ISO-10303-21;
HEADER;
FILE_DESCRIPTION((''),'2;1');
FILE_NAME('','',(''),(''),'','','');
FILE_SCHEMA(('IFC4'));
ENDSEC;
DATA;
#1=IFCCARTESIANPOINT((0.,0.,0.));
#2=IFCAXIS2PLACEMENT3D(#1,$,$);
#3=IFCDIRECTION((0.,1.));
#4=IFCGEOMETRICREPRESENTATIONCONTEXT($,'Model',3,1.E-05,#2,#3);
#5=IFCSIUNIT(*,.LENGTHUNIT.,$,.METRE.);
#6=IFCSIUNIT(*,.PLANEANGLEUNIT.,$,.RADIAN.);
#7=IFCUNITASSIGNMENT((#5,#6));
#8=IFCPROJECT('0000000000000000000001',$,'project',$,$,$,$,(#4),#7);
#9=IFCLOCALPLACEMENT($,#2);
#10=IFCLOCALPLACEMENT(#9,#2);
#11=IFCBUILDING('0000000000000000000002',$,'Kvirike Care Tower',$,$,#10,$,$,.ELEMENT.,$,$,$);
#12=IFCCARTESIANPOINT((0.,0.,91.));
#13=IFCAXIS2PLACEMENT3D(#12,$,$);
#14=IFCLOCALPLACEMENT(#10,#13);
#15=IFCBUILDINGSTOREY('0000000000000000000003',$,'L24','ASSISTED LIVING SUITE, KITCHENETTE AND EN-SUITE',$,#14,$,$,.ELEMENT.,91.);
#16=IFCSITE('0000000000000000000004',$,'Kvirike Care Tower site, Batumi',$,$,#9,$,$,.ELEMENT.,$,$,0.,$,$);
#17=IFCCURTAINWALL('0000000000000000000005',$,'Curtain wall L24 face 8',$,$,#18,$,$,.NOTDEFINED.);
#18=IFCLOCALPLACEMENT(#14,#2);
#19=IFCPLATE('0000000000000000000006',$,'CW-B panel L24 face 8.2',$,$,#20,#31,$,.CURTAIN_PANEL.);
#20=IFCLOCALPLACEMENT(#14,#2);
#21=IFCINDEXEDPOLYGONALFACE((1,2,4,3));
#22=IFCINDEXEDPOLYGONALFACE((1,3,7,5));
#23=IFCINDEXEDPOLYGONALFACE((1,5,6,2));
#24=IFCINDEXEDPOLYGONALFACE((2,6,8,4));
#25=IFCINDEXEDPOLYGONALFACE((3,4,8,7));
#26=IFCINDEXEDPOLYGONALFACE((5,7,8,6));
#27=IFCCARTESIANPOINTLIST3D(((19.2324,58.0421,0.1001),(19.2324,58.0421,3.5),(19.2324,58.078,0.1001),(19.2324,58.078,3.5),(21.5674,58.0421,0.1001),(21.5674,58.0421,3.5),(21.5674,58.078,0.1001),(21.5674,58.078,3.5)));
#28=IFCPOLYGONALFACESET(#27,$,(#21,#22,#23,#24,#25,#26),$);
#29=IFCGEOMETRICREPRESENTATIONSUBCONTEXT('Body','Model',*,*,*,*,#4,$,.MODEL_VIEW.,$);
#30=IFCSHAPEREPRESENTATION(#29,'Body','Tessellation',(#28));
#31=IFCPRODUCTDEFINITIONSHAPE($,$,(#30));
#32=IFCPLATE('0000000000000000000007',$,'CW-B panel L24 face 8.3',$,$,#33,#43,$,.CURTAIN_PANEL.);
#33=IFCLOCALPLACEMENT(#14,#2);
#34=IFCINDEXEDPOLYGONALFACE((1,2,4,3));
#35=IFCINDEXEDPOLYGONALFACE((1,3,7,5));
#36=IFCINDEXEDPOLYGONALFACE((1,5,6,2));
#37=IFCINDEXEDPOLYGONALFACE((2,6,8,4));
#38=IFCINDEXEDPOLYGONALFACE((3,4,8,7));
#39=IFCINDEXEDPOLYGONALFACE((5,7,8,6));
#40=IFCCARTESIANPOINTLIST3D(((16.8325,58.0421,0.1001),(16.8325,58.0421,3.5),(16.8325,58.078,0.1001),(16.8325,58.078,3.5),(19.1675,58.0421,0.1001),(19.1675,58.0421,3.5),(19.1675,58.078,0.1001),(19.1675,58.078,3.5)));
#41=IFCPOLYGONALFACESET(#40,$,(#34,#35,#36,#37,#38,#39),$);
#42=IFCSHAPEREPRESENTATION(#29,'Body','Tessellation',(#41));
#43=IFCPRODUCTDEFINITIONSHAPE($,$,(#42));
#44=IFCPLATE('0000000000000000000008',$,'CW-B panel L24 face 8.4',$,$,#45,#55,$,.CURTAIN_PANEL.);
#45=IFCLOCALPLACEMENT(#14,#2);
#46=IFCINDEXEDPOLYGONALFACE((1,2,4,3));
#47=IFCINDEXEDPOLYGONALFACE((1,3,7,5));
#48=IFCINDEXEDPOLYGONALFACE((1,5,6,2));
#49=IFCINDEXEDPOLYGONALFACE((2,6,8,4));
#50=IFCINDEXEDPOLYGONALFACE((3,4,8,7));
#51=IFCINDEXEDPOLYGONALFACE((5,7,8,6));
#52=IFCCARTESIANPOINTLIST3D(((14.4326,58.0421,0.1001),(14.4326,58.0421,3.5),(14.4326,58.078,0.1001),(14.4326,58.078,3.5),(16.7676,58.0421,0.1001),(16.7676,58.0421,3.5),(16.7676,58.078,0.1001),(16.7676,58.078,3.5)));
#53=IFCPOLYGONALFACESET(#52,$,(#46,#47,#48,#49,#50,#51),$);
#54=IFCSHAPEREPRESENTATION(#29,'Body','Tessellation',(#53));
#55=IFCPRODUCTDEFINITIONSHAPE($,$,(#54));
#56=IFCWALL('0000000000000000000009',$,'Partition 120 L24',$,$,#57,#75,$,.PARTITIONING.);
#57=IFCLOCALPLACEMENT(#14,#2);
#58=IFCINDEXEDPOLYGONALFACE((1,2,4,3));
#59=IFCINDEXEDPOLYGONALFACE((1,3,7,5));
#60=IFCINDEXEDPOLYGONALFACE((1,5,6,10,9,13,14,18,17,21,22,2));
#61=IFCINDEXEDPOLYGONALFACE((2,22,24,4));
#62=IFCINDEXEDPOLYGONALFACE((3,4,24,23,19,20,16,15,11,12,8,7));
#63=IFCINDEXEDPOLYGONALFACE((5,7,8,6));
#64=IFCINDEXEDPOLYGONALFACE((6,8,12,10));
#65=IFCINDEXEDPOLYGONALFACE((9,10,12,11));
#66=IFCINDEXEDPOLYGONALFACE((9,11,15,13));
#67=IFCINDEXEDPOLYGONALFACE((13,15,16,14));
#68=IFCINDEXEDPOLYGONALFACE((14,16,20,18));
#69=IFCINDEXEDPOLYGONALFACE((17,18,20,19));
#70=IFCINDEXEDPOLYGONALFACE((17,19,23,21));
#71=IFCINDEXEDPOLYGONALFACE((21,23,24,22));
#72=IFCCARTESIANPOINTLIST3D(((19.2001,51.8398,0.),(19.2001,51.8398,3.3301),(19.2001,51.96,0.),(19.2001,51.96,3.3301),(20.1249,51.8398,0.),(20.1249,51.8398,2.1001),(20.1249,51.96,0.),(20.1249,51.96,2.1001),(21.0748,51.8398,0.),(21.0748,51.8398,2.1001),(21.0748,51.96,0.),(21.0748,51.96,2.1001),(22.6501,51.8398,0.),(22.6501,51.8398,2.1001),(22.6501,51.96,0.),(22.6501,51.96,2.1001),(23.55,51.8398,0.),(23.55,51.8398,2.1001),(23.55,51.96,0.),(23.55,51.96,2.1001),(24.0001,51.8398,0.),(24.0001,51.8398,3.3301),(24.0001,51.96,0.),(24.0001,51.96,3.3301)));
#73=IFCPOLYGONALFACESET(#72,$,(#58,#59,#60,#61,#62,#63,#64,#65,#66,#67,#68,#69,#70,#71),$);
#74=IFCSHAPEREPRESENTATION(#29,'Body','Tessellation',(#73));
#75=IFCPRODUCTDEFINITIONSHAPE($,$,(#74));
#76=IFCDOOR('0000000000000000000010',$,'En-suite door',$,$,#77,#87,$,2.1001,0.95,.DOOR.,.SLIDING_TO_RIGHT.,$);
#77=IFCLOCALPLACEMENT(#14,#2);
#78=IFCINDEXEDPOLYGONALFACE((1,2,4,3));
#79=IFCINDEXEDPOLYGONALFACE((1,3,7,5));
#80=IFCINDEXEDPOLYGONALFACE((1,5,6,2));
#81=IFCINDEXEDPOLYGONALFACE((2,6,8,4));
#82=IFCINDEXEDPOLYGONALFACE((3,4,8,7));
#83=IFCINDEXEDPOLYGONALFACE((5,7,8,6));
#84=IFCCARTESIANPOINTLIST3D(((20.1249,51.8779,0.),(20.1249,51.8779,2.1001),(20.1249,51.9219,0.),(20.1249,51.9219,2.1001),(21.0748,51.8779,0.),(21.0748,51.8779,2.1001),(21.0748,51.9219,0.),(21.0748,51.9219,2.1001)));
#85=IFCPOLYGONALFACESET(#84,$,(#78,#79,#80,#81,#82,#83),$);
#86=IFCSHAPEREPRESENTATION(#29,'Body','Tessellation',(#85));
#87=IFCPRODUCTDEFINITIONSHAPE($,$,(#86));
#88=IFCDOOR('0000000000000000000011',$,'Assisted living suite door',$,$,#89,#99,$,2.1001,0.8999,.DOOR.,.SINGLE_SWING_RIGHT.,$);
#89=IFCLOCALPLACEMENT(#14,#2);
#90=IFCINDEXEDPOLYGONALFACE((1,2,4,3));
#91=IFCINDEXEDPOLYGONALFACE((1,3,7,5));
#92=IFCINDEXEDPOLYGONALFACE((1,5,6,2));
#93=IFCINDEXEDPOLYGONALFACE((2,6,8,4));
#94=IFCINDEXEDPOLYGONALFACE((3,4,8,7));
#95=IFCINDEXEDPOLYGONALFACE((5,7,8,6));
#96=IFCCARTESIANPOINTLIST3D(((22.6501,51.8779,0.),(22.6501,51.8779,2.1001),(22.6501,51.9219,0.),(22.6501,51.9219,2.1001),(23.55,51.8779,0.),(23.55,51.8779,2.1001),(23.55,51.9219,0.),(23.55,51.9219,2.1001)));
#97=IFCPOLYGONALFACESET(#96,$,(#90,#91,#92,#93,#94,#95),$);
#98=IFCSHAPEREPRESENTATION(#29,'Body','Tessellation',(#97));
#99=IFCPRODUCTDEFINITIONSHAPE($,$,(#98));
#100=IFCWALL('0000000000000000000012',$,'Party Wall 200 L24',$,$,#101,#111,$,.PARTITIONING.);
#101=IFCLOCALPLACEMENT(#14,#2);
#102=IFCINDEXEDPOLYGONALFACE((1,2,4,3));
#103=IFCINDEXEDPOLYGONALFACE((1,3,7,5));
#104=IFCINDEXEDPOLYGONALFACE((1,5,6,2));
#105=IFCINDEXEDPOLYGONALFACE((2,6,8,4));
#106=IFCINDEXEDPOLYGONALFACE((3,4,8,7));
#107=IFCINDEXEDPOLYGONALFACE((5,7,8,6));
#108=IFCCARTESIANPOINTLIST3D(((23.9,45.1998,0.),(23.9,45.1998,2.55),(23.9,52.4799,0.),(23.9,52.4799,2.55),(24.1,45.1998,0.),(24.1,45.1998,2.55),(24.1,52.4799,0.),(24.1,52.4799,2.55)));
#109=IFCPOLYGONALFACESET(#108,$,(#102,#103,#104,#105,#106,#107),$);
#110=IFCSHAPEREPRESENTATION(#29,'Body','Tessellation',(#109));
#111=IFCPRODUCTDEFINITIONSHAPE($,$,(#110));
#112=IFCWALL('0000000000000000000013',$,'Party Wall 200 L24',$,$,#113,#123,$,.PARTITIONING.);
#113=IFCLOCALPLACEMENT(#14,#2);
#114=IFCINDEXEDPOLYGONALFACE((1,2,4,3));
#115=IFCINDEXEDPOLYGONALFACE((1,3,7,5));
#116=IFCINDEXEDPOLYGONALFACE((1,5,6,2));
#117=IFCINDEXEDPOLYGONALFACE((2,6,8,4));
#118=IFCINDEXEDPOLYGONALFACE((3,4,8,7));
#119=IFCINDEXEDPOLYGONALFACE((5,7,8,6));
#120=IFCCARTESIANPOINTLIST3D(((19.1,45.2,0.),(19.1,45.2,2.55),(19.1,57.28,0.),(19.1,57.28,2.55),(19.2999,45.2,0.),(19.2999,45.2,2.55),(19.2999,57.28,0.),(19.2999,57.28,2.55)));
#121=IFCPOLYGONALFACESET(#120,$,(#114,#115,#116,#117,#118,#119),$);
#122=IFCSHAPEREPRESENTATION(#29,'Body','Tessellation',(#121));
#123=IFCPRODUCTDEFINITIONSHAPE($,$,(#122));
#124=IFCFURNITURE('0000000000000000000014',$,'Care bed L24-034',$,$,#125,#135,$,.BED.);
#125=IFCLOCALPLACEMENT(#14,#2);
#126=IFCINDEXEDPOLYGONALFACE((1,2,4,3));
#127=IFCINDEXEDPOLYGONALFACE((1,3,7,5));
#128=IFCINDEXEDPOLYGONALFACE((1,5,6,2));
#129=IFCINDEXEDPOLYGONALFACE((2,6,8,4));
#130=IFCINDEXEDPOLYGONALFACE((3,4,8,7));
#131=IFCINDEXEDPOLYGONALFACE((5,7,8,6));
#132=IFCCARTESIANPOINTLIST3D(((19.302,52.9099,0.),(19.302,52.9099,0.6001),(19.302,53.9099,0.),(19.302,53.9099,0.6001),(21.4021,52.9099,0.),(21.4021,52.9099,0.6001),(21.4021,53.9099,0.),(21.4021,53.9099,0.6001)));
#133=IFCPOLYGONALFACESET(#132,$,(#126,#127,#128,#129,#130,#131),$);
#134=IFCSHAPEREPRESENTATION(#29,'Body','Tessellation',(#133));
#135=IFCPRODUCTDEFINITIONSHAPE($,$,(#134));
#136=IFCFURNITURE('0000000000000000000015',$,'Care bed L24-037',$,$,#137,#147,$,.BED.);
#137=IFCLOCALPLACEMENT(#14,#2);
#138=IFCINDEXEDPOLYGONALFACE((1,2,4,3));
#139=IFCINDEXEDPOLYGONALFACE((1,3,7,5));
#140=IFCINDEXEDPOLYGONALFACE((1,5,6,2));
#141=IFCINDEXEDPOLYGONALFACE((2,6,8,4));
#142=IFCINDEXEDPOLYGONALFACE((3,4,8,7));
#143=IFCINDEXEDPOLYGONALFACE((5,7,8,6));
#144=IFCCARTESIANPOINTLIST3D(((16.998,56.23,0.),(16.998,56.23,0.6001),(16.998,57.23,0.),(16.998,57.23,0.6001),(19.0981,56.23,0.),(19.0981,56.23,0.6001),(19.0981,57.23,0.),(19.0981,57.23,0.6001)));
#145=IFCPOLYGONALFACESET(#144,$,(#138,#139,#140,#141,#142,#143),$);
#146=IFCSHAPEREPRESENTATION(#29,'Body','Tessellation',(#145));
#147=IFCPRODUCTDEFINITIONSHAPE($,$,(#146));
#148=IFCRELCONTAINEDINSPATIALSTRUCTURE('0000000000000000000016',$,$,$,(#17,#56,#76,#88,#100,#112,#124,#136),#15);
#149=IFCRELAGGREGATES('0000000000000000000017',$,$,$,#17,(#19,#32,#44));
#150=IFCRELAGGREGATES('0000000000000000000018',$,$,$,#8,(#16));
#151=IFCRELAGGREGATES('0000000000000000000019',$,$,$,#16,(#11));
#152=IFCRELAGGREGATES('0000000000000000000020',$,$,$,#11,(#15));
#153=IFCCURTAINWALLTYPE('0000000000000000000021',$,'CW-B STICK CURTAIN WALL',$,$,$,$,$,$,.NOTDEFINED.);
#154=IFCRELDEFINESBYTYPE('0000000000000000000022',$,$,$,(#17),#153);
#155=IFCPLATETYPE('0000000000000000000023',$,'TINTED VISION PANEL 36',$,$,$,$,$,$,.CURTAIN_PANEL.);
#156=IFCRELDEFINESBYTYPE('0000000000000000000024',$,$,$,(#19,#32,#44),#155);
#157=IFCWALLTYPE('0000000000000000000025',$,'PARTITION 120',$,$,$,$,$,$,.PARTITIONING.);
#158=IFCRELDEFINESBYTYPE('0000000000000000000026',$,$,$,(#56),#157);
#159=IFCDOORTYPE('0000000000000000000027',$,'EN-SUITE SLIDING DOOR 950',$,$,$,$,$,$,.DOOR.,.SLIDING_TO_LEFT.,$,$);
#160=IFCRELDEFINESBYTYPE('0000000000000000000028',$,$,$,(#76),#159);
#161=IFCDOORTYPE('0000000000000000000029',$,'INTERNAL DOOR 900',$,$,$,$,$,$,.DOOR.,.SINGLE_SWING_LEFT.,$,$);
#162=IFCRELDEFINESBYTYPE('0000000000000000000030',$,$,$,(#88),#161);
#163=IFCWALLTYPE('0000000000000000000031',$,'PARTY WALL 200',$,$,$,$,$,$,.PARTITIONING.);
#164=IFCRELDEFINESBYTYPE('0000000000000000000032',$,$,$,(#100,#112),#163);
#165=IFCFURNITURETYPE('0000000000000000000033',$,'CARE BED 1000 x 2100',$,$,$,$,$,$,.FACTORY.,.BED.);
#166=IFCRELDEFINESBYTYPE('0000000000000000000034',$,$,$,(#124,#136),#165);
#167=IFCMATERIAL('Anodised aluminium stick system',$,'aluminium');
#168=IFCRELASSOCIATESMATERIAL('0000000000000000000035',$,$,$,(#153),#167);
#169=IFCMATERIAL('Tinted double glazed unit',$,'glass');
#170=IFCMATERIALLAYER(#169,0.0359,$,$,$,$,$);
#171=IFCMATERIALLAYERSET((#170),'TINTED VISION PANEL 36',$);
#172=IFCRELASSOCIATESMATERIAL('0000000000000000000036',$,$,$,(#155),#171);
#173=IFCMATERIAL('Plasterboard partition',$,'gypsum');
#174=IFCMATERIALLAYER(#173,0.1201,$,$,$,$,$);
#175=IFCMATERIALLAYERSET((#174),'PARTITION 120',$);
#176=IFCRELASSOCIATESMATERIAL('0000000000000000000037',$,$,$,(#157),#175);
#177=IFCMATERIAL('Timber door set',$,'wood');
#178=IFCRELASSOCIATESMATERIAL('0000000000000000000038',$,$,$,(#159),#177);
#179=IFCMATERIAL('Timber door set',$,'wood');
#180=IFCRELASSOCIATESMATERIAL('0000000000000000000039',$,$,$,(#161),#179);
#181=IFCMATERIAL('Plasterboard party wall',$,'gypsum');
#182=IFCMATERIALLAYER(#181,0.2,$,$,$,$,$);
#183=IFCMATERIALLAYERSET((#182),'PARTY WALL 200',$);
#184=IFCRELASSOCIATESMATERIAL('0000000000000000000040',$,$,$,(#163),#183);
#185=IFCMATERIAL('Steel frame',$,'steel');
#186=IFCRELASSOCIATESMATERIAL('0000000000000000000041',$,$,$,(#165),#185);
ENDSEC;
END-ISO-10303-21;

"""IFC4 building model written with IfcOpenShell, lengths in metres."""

from ifc_helpers import new_model, si_unit, direction, frame, frame_2d, origin, origin_2d, place, context, subcontext, project, spatial, rectangle, extrude, material, layer, layer_set, type_object, element, fill, aggregate, save


model = new_model("IFC4")

# Units and contexts
model_context = context("Model", 3, precision=1e-05, world=origin(), true_north=direction((0.0, 1.0)))
body_context = subcontext(model_context, "Body", "Model", "MODEL_VIEW")
ifc_project = project(units=[si_unit("LENGTHUNIT", "METRE"), si_unit("PLANEANGLEUNIT", "RADIAN")], contexts=[model_context])

# Site, building, storey
site_placement = place(None, origin())
site = spatial("IfcSite", under=ifc_project, at=site_placement, Name="Kvirike Care Tower site, Batumi", CompositionType="ELEMENT", RefElevation=0.0)
building_placement = place(site_placement, origin())
building = spatial("IfcBuilding", under=site, at=building_placement, Name="Kvirike Care Tower", CompositionType="ELEMENT")
storey_placement = place(building_placement, frame((0.0, 0.0, 91.0)))
storey = spatial("IfcBuildingStorey", under=building, at=storey_placement, Name="L24", Description="ASSISTED LIVING SUITE, KITCHENETTE AND EN-SUITE", CompositionType="ELEMENT", Elevation=91.0)

# Curtain wall
ifc_material_1 = material(Name="Anodised aluminium stick system", Category="aluminium")
curtain_wall_type = type_object("IfcCurtainWallType", Name="CW-B STICK CURTAIN WALL", PredefinedType="NOTDEFINED", material=ifc_material_1)
curtain_wall_placement = place(storey_placement, origin())
curtain_wall = element("IfcCurtainWall", 1, at=curtain_wall_placement, inside=storey, type_object=curtain_wall_type, Name="Curtain wall L24 face 8", PredefinedType="NOTDEFINED")

# Plates
ifc_material_2 = material(Name="Tinted double glazed unit", Category="glass")
ifc_layer_1 = layer(ifc_material_2, 0.0359)
ifc_layer_set_1 = layer_set([ifc_layer_1], Name="TINTED VISION PANEL 36")
plate_type = type_object("IfcPlateType", Name="TINTED VISION PANEL 36", PredefinedType="CURTAIN_PANEL", material=ifc_layer_set_1)
plate_1_placement = place(storey_placement, frame((20.3999, 58.0601, 0.1001), z_axis=(0.0, 0.0, 1.0), x_axis=(-1.0, 0.0, 0.0)))
plate_1 = element("IfcPlate", 2, at=plate_1_placement, type_object=plate_type, Name="CW-B panel L24 face 8.2", PredefinedType="CURTAIN_PANEL", context=body_context, shape_type="SweptSolid", body=[
    extrude(rectangle(XDim=2.335, YDim=0.0359, at=origin_2d()), origin(), (0.0, 0.0, 1.0), 3.3999),
])
plate_2_placement = place(storey_placement, frame((18.0, 58.0601, 0.1001), z_axis=(0.0, 0.0, 1.0), x_axis=(-1.0, 0.0, 0.0)))
plate_2 = element("IfcPlate", 3, at=plate_2_placement, type_object=plate_type, Name="CW-B panel L24 face 8.3", PredefinedType="CURTAIN_PANEL", context=body_context, shape_type="SweptSolid", body=[
    extrude(rectangle(XDim=2.335, YDim=0.0359, at=origin_2d()), origin(), (0.0, 0.0, 1.0), 3.3999),
])
plate_3_placement = place(storey_placement, frame((15.6001, 58.0601, 0.1001), z_axis=(0.0, 0.0, 1.0), x_axis=(-1.0, 0.0, 0.0)))
plate_3 = element("IfcPlate", 4, at=plate_3_placement, type_object=plate_type, Name="CW-B panel L24 face 8.4", PredefinedType="CURTAIN_PANEL", context=body_context, shape_type="SweptSolid", body=[
    extrude(rectangle(XDim=2.335, YDim=0.0359, at=origin_2d()), origin(), (0.0, 0.0, 1.0), 3.3999),
])
aggregate(curtain_wall, [plate_1, plate_2, plate_3])

# Wall, openings, doors
ifc_material_3 = material(Name="Plasterboard partition", Category="gypsum")
ifc_layer_2 = layer(ifc_material_3, 0.1201)
ifc_layer_set_2 = layer_set([ifc_layer_2], Name="PARTITION 120")
wall_type_1 = type_object("IfcWallType", Name="PARTITION 120", PredefinedType="PARTITIONING", material=ifc_layer_set_2)
wall_1_placement = place(storey_placement, frame((24.0, 51.8999, 0.0), z_axis=(0.0, 0.0, 1.0), x_axis=(-1.0, 0.0, 0.0)))
wall_1 = element("IfcWall", 5, at=wall_1_placement, inside=storey, type_object=wall_type_1, Name="Partition 120 L24", PredefinedType="PARTITIONING", context=body_context, shape_type="SweptSolid", body=[
    extrude(rectangle(XDim=4.8, YDim=0.1201, at=frame_2d((2.3999, 0.0))), origin(), (0.0, 0.0, 1.0), 3.3301),
])
opening_1_placement = place(wall_1_placement, frame((0.45, 0.0, 0.0)))
opening_1 = element("IfcOpeningElement", 6, at=opening_1_placement, cuts=wall_1, PredefinedType="OPENING", context=body_context, shape_type="SweptSolid", body=[
    extrude(rectangle(XDim=0.8999, YDim=2.1001, at=frame_2d((0.45, 1.05))), frame((0.0, 0.0706, 0.0), z_axis=(0.0, -1.0, 0.0), x_axis=(1.0, 0.0, 0.0)), (0.0, 0.0, 1.0), 0.1411),
])
opening_2_placement = place(wall_1_placement, frame((2.925, 0.0, 0.0)))
opening_2 = element("IfcOpeningElement", 7, at=opening_2_placement, cuts=wall_1, PredefinedType="OPENING", context=body_context, shape_type="SweptSolid", body=[
    extrude(rectangle(XDim=0.95, YDim=2.1001, at=frame_2d((0.4751, 1.05))), frame((0.0, 0.0706, 0.0), z_axis=(0.0, -1.0, 0.0), x_axis=(1.0, 0.0, 0.0)), (0.0, 0.0, 1.0), 0.1411),
])
ifc_material_4 = material(Name="Timber door set", Category="wood")
door_type_1 = type_object("IfcDoorType", Name="EN-SUITE SLIDING DOOR 950", OperationType="SLIDING_TO_LEFT", PredefinedType="DOOR", material=ifc_material_4)
door_1_placement = place(opening_2_placement, origin())
door_1 = element("IfcDoor", 8, at=door_1_placement, inside=storey, type_object=door_type_1, Name="En-suite door", OperationType="SLIDING_TO_RIGHT", OverallHeight=2.1001, OverallWidth=0.95, PredefinedType="DOOR", context=body_context, shape_type="SweptSolid", body=[
    extrude(rectangle(XDim=0.95, YDim=2.1001, at=frame_2d((0.4751, 1.05))), frame((0.0, 0.022, 0.0), z_axis=(0.0, -1.0, 0.0), x_axis=(1.0, 0.0, 0.0)), (0.0, 0.0, 1.0), 0.0439),
])
fill(opening_2, door_1)
ifc_material_5 = material(Name="Timber door set", Category="wood")
door_type_2 = type_object("IfcDoorType", Name="INTERNAL DOOR 900", OperationType="SINGLE_SWING_LEFT", PredefinedType="DOOR", material=ifc_material_5)
door_2_placement = place(opening_1_placement, origin())
door_2 = element("IfcDoor", 9, at=door_2_placement, inside=storey, type_object=door_type_2, Name="Assisted living suite door", OperationType="SINGLE_SWING_RIGHT", OverallHeight=2.1001, OverallWidth=0.8999, PredefinedType="DOOR", context=body_context, shape_type="SweptSolid", body=[
    extrude(rectangle(XDim=0.8999, YDim=2.1001, at=frame_2d((0.45, 1.05))), frame((0.0, 0.022, 0.0), z_axis=(0.0, -1.0, 0.0), x_axis=(1.0, 0.0, 0.0)), (0.0, 0.0, 1.0), 0.0439),
])
fill(opening_1, door_2)

# Walls
ifc_material_6 = material(Name="Plasterboard party wall", Category="gypsum")
ifc_layer_3 = layer(ifc_material_6, 0.2)
ifc_layer_set_3 = layer_set([ifc_layer_3], Name="PARTY WALL 200")
wall_type_2 = type_object("IfcWallType", Name="PARTY WALL 200", PredefinedType="PARTITIONING", material=ifc_layer_set_3)
wall_2_placement = place(storey_placement, frame((24.0, 52.48, 0.0), z_axis=(0.0, 0.0, 1.0), x_axis=(0.0, -1.0, 0.0)))
element("IfcWall", 10, at=wall_2_placement, inside=storey, type_object=wall_type_2, Name="Party Wall 200 L24", PredefinedType="PARTITIONING", context=body_context, shape_type="SweptSolid", body=[
    extrude(rectangle(XDim=7.28, YDim=0.2, at=frame_2d((3.6401, 0.0))), origin(), (0.0, 0.0, 1.0), 2.55),
])
wall_3_placement = place(storey_placement, frame((19.2, 57.28, 0.0), z_axis=(0.0, 0.0, 1.0), x_axis=(0.0, -1.0, 0.0)))
element("IfcWall", 11, at=wall_3_placement, inside=storey, type_object=wall_type_2, Name="Party Wall 200 L24", PredefinedType="PARTITIONING", context=body_context, shape_type="SweptSolid", body=[
    extrude(rectangle(XDim=12.0801, YDim=0.2, at=frame_2d((6.04, 0.0))), origin(), (0.0, 0.0, 1.0), 2.55),
])

# Furniture
ifc_material_7 = material(Name="Steel frame", Category="steel")
furniture_type = type_object("IfcFurnitureType", Name="CARE BED 1000 x 2100", AssemblyPlace="FACTORY", PredefinedType="BED", material=ifc_material_7)
for number, where, z_axis, x_axis, name in (
    (12, (20.3521, 53.4099, 0.0), (0.0, 0.0, 1.0), (0.0, 1.0, 0.0), "Care bed L24-034"),
    (13, (18.0481, 56.73, 0.0), (0.0, 0.0, 1.0), (0.0, -1.0, 0.0), "Care bed L24-037"),
):
    element("IfcFurniture", number, at=place(storey_placement, frame(where, z_axis=z_axis, x_axis=x_axis)), inside=storey, type_object=furniture_type, Name=name, PredefinedType="BED", context=body_context, shape_type="SweptSolid", body=[
        extrude(rectangle(XDim=1.0, YDim=2.1001, at=origin_2d()), origin(), (0.0, 0.0, 1.0), 0.6001),
    ])

save(model, "model.ifc")
